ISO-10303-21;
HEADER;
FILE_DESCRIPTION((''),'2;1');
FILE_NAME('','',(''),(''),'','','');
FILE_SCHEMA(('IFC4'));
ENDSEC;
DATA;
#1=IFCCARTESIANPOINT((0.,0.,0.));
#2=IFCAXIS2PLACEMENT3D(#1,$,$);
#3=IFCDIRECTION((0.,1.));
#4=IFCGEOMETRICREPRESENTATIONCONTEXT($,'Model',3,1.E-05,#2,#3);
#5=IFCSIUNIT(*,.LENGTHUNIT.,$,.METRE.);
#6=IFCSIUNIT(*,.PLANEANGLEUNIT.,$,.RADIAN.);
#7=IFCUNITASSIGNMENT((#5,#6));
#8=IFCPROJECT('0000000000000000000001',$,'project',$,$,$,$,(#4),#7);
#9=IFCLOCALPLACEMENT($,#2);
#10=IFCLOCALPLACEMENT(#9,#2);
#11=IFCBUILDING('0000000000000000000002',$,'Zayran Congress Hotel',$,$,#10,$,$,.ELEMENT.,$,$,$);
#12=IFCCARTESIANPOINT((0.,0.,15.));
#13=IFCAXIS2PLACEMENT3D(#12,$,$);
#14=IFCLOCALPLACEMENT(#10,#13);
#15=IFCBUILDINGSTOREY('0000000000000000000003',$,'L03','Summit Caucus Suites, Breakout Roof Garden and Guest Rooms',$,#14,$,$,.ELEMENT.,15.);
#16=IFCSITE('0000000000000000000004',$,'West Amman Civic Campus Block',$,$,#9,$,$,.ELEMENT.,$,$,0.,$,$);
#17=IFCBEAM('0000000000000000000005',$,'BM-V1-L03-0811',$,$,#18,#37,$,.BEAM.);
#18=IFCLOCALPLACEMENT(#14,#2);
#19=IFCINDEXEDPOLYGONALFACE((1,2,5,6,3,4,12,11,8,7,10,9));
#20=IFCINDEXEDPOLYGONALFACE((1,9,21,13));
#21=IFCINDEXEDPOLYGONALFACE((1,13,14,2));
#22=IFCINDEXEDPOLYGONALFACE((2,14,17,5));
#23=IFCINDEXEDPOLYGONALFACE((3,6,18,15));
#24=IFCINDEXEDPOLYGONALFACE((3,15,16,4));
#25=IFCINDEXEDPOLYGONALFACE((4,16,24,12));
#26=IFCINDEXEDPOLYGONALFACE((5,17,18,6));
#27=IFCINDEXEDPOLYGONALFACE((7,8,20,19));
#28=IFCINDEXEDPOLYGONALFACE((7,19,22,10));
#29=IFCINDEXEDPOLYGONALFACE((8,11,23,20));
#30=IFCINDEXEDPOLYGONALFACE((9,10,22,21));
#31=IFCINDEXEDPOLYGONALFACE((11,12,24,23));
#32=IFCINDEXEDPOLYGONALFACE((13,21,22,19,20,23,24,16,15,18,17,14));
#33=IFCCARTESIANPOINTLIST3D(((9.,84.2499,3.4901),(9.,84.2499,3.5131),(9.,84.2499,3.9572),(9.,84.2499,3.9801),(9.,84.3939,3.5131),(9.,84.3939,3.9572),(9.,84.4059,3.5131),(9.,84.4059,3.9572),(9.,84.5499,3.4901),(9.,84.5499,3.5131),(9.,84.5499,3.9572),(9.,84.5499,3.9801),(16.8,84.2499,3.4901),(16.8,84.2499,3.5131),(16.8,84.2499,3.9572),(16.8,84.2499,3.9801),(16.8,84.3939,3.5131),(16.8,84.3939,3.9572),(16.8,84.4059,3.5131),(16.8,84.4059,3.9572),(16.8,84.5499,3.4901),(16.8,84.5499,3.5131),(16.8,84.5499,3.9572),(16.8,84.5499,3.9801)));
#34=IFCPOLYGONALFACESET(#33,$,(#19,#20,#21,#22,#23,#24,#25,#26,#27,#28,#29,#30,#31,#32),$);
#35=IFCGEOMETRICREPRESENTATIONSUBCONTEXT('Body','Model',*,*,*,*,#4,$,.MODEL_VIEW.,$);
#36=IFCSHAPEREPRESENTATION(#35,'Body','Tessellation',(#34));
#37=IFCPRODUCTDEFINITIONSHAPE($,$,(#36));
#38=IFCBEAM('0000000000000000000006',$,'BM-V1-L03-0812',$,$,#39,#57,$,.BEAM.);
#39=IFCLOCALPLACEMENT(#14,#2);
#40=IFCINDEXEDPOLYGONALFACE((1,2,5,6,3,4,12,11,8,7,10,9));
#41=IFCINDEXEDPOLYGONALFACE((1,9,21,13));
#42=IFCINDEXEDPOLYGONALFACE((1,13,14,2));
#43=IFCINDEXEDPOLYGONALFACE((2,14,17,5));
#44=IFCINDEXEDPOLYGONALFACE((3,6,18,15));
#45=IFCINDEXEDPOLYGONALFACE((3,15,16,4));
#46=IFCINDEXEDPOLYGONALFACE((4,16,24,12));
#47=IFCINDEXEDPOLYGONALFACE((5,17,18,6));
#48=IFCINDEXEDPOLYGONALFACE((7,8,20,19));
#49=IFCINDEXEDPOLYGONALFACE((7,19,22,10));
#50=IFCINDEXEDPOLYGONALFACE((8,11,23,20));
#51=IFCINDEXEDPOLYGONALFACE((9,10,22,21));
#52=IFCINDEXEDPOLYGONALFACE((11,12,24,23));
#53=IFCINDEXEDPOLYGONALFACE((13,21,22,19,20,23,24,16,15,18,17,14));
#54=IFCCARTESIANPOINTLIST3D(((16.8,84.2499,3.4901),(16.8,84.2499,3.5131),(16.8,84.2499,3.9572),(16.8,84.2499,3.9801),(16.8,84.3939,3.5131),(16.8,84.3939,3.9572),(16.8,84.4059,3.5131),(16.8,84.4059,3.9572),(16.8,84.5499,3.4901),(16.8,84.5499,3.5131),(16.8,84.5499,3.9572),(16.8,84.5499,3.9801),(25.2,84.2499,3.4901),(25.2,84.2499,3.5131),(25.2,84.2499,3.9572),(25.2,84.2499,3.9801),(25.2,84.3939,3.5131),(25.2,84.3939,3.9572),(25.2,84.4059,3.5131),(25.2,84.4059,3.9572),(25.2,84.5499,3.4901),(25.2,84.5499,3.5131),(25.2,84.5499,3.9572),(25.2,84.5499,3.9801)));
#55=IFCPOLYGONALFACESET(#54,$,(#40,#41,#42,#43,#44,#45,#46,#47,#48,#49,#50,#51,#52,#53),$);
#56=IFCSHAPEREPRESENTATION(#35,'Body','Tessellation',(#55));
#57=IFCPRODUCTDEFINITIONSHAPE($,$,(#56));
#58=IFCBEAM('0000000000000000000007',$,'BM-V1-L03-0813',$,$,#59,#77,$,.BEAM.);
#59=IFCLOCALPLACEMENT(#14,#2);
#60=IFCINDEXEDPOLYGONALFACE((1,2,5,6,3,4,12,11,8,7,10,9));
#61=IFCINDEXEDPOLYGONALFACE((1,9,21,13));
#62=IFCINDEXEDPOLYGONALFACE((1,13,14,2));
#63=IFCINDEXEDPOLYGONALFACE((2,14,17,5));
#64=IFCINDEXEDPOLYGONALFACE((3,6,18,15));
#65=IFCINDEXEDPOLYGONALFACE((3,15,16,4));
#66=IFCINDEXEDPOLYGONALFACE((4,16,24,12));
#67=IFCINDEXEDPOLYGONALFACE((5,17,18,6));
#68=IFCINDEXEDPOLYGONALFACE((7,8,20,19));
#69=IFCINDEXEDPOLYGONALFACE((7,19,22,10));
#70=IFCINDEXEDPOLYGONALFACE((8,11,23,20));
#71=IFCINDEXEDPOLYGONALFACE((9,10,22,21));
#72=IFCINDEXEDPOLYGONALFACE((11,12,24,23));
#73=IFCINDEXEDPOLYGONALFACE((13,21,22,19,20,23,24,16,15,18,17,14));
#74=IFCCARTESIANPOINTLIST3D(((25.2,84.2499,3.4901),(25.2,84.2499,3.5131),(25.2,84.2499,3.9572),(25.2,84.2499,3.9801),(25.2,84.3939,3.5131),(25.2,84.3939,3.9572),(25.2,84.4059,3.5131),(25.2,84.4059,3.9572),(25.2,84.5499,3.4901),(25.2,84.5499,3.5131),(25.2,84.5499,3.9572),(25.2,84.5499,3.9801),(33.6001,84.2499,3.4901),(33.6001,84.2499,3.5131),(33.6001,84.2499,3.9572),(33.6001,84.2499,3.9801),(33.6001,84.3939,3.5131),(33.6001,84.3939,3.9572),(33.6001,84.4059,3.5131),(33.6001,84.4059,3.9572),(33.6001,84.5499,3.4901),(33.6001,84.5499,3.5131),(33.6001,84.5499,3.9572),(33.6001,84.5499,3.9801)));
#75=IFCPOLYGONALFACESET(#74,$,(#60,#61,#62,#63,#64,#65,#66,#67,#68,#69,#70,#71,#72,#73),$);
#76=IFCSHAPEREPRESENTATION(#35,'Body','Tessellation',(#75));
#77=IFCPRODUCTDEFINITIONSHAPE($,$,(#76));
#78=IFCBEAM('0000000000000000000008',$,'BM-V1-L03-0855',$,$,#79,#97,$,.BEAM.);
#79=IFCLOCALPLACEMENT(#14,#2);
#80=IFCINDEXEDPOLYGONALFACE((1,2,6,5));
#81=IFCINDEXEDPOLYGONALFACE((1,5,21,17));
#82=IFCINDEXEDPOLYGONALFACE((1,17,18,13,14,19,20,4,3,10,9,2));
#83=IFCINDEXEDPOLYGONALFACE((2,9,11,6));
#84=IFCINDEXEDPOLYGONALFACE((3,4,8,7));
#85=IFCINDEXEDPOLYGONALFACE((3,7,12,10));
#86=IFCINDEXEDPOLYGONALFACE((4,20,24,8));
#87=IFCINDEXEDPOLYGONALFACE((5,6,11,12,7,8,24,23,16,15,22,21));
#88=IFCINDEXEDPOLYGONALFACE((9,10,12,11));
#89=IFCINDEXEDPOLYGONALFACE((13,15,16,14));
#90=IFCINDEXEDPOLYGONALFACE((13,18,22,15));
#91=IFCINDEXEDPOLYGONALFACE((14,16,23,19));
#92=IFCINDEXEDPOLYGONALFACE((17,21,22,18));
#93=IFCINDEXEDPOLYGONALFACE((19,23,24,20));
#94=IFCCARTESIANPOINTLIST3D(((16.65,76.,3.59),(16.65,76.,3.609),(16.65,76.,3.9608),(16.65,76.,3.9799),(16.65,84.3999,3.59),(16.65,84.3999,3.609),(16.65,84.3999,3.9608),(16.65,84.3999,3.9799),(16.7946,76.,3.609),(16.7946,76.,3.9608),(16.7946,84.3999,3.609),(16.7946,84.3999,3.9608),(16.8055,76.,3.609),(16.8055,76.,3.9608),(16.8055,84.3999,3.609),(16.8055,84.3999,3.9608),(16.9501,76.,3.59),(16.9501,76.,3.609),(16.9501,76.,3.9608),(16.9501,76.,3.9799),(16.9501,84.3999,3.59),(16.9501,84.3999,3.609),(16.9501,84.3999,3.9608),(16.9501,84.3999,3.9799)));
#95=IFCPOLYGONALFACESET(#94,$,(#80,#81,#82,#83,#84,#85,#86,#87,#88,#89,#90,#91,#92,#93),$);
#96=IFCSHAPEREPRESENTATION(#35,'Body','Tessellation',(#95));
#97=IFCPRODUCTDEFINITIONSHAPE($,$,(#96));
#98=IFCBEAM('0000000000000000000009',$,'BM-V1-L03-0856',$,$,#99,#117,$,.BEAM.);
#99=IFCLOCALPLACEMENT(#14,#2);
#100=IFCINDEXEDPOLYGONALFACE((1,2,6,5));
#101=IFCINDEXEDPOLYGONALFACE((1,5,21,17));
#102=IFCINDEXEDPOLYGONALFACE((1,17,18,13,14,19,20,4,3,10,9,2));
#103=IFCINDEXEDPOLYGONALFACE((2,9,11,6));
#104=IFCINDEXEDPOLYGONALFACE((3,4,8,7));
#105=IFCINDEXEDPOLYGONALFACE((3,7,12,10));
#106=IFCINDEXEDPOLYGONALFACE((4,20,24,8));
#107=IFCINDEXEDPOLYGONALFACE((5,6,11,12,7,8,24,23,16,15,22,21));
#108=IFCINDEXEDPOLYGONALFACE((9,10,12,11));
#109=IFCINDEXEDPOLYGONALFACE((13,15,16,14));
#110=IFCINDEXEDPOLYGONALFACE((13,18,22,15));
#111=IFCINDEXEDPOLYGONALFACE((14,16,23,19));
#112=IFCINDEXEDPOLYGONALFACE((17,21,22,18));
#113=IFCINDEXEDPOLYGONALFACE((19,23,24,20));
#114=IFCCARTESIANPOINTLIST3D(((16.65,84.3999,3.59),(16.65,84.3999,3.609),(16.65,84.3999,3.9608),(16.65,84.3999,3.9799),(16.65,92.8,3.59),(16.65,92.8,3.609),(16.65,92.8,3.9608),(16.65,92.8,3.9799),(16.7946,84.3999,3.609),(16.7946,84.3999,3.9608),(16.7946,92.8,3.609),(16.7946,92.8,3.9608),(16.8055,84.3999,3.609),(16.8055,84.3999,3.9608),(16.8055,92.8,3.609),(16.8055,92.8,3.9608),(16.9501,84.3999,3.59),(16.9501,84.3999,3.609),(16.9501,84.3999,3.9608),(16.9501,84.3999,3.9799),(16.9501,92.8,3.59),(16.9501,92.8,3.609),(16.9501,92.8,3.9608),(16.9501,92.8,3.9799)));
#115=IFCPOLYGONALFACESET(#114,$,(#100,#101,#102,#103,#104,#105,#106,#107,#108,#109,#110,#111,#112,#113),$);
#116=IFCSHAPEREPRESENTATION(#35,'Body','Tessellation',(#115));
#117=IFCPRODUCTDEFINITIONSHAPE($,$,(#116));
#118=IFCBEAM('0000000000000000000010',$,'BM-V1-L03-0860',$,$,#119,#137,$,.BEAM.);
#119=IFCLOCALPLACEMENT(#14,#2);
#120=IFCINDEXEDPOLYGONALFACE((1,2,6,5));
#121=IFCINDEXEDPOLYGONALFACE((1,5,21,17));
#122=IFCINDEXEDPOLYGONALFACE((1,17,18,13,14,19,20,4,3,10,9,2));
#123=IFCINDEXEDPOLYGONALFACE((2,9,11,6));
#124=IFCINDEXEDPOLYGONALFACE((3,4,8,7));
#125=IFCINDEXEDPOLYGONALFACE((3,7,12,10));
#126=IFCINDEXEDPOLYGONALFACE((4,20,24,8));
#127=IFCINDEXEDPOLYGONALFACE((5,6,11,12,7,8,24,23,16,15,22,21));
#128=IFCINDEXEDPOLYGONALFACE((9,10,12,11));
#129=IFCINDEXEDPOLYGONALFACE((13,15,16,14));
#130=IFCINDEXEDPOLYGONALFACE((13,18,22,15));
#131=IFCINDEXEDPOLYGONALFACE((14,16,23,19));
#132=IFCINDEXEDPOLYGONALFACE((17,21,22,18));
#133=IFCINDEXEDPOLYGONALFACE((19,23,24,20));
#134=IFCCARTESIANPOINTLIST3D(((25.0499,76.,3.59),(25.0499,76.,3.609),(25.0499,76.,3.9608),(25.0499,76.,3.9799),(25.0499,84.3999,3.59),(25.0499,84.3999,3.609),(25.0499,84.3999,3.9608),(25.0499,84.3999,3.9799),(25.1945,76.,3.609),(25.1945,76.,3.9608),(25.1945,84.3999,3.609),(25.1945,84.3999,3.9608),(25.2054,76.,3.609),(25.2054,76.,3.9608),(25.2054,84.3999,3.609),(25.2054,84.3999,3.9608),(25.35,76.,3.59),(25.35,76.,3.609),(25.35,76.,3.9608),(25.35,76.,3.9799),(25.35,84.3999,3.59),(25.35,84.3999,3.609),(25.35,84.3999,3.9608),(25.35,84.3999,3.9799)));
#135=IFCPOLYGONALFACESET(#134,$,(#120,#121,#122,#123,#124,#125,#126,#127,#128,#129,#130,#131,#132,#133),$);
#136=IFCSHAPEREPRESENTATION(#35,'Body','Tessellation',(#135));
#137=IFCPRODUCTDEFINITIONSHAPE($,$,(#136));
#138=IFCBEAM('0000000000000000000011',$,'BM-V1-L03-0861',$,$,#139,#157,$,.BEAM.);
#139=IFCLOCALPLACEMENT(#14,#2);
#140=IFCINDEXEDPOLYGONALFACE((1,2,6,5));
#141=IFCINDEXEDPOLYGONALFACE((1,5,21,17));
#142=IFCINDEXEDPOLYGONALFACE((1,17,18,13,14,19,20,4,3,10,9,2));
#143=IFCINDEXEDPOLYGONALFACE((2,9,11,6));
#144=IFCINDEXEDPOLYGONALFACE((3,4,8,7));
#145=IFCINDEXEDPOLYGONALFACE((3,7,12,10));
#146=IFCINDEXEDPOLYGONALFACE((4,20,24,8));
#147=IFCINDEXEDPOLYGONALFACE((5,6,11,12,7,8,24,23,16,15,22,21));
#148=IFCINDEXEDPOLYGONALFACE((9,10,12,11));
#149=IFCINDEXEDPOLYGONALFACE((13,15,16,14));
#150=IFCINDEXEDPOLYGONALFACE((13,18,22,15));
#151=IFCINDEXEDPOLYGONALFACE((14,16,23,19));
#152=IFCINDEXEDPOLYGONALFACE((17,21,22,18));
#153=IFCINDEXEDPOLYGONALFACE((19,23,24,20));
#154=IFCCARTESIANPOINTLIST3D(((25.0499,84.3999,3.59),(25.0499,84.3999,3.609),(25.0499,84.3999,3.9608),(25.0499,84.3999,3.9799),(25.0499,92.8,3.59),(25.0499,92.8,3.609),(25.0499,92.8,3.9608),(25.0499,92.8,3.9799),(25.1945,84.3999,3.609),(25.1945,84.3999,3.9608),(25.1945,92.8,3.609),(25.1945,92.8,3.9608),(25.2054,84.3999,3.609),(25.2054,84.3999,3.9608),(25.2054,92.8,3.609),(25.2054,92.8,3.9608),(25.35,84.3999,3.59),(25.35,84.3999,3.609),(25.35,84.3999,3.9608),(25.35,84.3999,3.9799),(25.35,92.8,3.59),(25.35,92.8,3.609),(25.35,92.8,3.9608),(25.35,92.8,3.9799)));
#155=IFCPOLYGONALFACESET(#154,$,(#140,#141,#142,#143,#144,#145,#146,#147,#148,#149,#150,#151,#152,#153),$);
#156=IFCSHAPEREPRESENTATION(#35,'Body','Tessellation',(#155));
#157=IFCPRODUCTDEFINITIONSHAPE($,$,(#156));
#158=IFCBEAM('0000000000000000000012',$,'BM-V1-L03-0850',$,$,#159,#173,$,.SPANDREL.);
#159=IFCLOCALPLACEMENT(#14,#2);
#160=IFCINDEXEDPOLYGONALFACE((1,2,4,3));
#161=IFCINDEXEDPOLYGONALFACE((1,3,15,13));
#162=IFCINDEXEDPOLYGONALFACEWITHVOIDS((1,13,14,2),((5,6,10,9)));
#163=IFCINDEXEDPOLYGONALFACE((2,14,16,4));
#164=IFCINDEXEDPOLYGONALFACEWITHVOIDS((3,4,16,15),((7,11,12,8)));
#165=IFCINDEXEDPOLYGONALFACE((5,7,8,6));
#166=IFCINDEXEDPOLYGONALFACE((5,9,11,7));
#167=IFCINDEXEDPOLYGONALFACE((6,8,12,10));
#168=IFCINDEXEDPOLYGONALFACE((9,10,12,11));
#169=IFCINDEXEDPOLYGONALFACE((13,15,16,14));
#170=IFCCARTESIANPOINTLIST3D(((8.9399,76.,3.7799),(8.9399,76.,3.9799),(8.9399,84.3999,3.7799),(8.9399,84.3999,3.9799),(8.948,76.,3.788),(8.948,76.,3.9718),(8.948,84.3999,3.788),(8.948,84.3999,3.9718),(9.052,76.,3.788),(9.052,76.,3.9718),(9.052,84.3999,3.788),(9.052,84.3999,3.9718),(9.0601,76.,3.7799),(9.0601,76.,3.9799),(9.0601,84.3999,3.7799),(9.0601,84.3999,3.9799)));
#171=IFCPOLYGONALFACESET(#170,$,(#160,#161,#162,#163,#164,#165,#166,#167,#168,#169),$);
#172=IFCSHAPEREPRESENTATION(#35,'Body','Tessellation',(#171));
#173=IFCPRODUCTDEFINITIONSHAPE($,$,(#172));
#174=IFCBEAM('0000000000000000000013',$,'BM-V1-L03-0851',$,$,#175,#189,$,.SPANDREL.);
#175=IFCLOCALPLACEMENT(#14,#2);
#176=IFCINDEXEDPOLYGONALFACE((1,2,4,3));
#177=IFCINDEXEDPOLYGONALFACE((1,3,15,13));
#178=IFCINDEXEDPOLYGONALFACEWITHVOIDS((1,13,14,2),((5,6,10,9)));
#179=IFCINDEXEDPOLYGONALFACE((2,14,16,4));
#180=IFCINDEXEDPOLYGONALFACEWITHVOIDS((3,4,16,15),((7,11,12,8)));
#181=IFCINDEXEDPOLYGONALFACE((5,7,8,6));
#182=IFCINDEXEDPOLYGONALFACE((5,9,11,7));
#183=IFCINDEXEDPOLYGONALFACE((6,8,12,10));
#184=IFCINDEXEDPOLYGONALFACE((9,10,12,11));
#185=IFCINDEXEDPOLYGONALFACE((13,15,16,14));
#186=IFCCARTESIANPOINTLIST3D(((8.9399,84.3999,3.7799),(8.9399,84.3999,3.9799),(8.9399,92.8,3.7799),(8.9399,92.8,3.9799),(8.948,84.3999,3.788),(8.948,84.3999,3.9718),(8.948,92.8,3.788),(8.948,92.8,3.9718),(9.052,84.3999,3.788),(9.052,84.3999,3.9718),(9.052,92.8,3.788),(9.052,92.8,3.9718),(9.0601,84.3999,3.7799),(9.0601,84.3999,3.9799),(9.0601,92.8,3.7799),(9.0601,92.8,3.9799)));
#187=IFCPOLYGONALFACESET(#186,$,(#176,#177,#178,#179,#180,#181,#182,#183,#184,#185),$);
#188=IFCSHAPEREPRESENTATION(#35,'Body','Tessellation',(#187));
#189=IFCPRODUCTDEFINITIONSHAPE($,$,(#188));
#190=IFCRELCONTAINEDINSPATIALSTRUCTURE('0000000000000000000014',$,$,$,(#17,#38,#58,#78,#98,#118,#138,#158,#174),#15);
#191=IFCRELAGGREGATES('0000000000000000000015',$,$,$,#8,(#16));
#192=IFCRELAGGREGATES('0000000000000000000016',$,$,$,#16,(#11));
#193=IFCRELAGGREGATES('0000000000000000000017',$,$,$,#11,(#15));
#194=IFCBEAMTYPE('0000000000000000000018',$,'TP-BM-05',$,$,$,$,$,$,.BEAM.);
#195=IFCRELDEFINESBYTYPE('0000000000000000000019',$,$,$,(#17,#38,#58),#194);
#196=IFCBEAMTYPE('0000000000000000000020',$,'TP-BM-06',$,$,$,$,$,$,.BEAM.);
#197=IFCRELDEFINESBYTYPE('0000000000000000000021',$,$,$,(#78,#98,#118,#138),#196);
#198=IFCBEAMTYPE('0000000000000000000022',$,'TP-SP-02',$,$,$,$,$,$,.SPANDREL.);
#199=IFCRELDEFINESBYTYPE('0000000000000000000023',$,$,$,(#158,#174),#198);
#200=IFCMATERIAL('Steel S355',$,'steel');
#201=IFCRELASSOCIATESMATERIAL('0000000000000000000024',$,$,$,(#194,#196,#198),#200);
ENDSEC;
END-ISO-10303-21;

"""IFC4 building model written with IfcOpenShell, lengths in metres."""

from ifc_helpers import new_model, si_unit, direction, frame, origin, origin_2d, place, context, subcontext, project, spatial, hollow_rectangle, i_section, extrude, material, material_profile, profile_set, type_object, element, save


model = new_model("IFC4")

# Units and contexts
model_context = context("Model", 3, precision=1e-05, world=origin(), true_north=direction((0.0, 1.0)))
body_context = subcontext(model_context, "Body", "Model", "MODEL_VIEW")
ifc_project = project(units=[si_unit("LENGTHUNIT", "METRE"), si_unit("PLANEANGLEUNIT", "RADIAN")], contexts=[model_context])

# Site, building, storey
site_placement = place(None, origin())
site = spatial("IfcSite", under=ifc_project, at=site_placement, Name="West Amman Civic Campus Block", CompositionType="ELEMENT", RefElevation=0.0)
building_placement = place(site_placement, origin())
building = spatial("IfcBuilding", under=site, at=building_placement, Name="Zayran Congress Hotel", CompositionType="ELEMENT")
storey_placement = place(building_placement, frame((0.0, 0.0, 15.0)))
storey = spatial("IfcBuildingStorey", under=building, at=storey_placement, Name="L03", Description="Summit Caucus Suites, Breakout Roof Garden and Guest Rooms", CompositionType="ELEMENT", Elevation=15.0)

# Shared definitions
ifc_material_1 = material(Name="Steel S355", Category="steel")

# Beams
ifc_material_profile_1 = material_profile(ifc_material_1, i_section(OverallWidth=0.3, OverallDepth=0.49, WebThickness=0.012, FlangeThickness=0.0229, at=origin_2d()), Name="HEA 500")
ifc_profile_set_1 = profile_set([ifc_material_profile_1], Name="Steel S355")
beam_type_1 = type_object("IfcBeamType", Name="TP-BM-05", PredefinedType="BEAM", material=ifc_profile_set_1)
beam_1_placement = place(storey_placement, frame((9.0, 84.3999, 3.7351), z_axis=(1.0, 0.0, 0.0), x_axis=(0.0, 1.0, 0.0)))
element("IfcBeam", 1, at=beam_1_placement, inside=storey, type_object=beam_type_1, Name="BM-V1-L03-0811", PredefinedType="BEAM", context=body_context, shape_type="SweptSolid", body=[
    extrude(i_section(OverallWidth=0.3, OverallDepth=0.49, WebThickness=0.012, FlangeThickness=0.0229, at=origin_2d()), origin(), (0.0, 0.0, 1.0), 7.8),
])
beam_2_placement = place(storey_placement, frame((16.8, 84.3999, 3.7351), z_axis=(1.0, 0.0, 0.0), x_axis=(0.0, 1.0, 0.0)))
element("IfcBeam", 2, at=beam_2_placement, inside=storey, type_object=beam_type_1, Name="BM-V1-L03-0812", PredefinedType="BEAM", context=body_context, shape_type="SweptSolid", body=[
    extrude(i_section(OverallWidth=0.3, OverallDepth=0.49, WebThickness=0.012, FlangeThickness=0.0229, at=origin_2d()), origin(), (0.0, 0.0, 1.0), 8.3999),
])
beam_3_placement = place(storey_placement, frame((25.2, 84.3999, 3.7351), z_axis=(1.0, 0.0, 0.0), x_axis=(0.0, 1.0, 0.0)))
element("IfcBeam", 3, at=beam_3_placement, inside=storey, type_object=beam_type_1, Name="BM-V1-L03-0813", PredefinedType="BEAM", context=body_context, shape_type="SweptSolid", body=[
    extrude(i_section(OverallWidth=0.3, OverallDepth=0.49, WebThickness=0.012, FlangeThickness=0.0229, at=origin_2d()), origin(), (0.0, 0.0, 1.0), 8.4001),
])
ifc_material_profile_2 = material_profile(ifc_material_1, i_section(OverallWidth=0.3, OverallDepth=0.3899, WebThickness=0.011, FlangeThickness=0.019, at=origin_2d()), Name="HEA 400")
ifc_profile_set_2 = profile_set([ifc_material_profile_2], Name="Steel S355")
beam_type_2 = type_object("IfcBeamType", Name="TP-BM-06", PredefinedType="BEAM", material=ifc_profile_set_2)
beam_4_placement = place(storey_placement, frame((16.8, 76.0, 3.7849), z_axis=(0.0, 1.0, 0.0), x_axis=(-1.0, 0.0, 0.0)))
element("IfcBeam", 4, at=beam_4_placement, inside=storey, type_object=beam_type_2, Name="BM-V1-L03-0855", PredefinedType="BEAM", context=body_context, shape_type="SweptSolid", body=[
    extrude(i_section(OverallWidth=0.3, OverallDepth=0.3899, WebThickness=0.011, FlangeThickness=0.019, at=origin_2d()), origin(), (0.0, 0.0, 1.0), 8.3999),
])
beam_5_placement = place(storey_placement, frame((16.8, 84.3999, 3.7849), z_axis=(0.0, 1.0, 0.0), x_axis=(-1.0, 0.0, 0.0)))
element("IfcBeam", 5, at=beam_5_placement, inside=storey, type_object=beam_type_2, Name="BM-V1-L03-0856", PredefinedType="BEAM", context=body_context, shape_type="SweptSolid", body=[
    extrude(i_section(OverallWidth=0.3, OverallDepth=0.3899, WebThickness=0.011, FlangeThickness=0.019, at=origin_2d()), origin(), (0.0, 0.0, 1.0), 8.4001),
])
beam_6_placement = place(storey_placement, frame((25.2, 76.0, 3.7849), z_axis=(0.0, 1.0, 0.0), x_axis=(-1.0, 0.0, 0.0)))
element("IfcBeam", 6, at=beam_6_placement, inside=storey, type_object=beam_type_2, Name="BM-V1-L03-0860", PredefinedType="BEAM", context=body_context, shape_type="SweptSolid", body=[
    extrude(i_section(OverallWidth=0.3, OverallDepth=0.3899, WebThickness=0.011, FlangeThickness=0.019, at=origin_2d()), origin(), (0.0, 0.0, 1.0), 8.3999),
])
beam_7_placement = place(storey_placement, frame((25.2, 84.3999, 3.7849), z_axis=(0.0, 1.0, 0.0), x_axis=(-1.0, 0.0, 0.0)))
element("IfcBeam", 7, at=beam_7_placement, inside=storey, type_object=beam_type_2, Name="BM-V1-L03-0861", PredefinedType="BEAM", context=body_context, shape_type="SweptSolid", body=[
    extrude(i_section(OverallWidth=0.3, OverallDepth=0.3899, WebThickness=0.011, FlangeThickness=0.019, at=origin_2d()), origin(), (0.0, 0.0, 1.0), 8.4001),
])
ifc_material_profile_3 = material_profile(ifc_material_1, hollow_rectangle(XDim=0.1201, YDim=0.2, WallThickness=0.0081, at=origin_2d()), Name="RHS 200x120x8")
ifc_profile_set_3 = profile_set([ifc_material_profile_3], Name="Steel S355")
beam_type_3 = type_object("IfcBeamType", Name="TP-SP-02", PredefinedType="SPANDREL", material=ifc_profile_set_3)
beam_8_placement = place(storey_placement, frame((9.0, 76.0, 3.8799), z_axis=(0.0, 1.0, 0.0), x_axis=(-1.0, 0.0, 0.0)))
element("IfcBeam", 8, at=beam_8_placement, inside=storey, type_object=beam_type_3, Name="BM-V1-L03-0850", PredefinedType="SPANDREL", context=body_context, shape_type="SweptSolid", body=[
    extrude(hollow_rectangle(XDim=0.1201, YDim=0.2, WallThickness=0.0081, at=origin_2d()), origin(), (0.0, 0.0, 1.0), 8.3999),
])
beam_9_placement = place(storey_placement, frame((9.0, 84.3999, 3.8799), z_axis=(0.0, 1.0, 0.0), x_axis=(-1.0, 0.0, 0.0)))
element("IfcBeam", 9, at=beam_9_placement, inside=storey, type_object=beam_type_3, Name="BM-V1-L03-0851", PredefinedType="SPANDREL", context=body_context, shape_type="SweptSolid", body=[
    extrude(hollow_rectangle(XDim=0.1201, YDim=0.2, WallThickness=0.0081, at=origin_2d()), origin(), (0.0, 0.0, 1.0), 8.4001),
])

save(model, "model.ifc")
